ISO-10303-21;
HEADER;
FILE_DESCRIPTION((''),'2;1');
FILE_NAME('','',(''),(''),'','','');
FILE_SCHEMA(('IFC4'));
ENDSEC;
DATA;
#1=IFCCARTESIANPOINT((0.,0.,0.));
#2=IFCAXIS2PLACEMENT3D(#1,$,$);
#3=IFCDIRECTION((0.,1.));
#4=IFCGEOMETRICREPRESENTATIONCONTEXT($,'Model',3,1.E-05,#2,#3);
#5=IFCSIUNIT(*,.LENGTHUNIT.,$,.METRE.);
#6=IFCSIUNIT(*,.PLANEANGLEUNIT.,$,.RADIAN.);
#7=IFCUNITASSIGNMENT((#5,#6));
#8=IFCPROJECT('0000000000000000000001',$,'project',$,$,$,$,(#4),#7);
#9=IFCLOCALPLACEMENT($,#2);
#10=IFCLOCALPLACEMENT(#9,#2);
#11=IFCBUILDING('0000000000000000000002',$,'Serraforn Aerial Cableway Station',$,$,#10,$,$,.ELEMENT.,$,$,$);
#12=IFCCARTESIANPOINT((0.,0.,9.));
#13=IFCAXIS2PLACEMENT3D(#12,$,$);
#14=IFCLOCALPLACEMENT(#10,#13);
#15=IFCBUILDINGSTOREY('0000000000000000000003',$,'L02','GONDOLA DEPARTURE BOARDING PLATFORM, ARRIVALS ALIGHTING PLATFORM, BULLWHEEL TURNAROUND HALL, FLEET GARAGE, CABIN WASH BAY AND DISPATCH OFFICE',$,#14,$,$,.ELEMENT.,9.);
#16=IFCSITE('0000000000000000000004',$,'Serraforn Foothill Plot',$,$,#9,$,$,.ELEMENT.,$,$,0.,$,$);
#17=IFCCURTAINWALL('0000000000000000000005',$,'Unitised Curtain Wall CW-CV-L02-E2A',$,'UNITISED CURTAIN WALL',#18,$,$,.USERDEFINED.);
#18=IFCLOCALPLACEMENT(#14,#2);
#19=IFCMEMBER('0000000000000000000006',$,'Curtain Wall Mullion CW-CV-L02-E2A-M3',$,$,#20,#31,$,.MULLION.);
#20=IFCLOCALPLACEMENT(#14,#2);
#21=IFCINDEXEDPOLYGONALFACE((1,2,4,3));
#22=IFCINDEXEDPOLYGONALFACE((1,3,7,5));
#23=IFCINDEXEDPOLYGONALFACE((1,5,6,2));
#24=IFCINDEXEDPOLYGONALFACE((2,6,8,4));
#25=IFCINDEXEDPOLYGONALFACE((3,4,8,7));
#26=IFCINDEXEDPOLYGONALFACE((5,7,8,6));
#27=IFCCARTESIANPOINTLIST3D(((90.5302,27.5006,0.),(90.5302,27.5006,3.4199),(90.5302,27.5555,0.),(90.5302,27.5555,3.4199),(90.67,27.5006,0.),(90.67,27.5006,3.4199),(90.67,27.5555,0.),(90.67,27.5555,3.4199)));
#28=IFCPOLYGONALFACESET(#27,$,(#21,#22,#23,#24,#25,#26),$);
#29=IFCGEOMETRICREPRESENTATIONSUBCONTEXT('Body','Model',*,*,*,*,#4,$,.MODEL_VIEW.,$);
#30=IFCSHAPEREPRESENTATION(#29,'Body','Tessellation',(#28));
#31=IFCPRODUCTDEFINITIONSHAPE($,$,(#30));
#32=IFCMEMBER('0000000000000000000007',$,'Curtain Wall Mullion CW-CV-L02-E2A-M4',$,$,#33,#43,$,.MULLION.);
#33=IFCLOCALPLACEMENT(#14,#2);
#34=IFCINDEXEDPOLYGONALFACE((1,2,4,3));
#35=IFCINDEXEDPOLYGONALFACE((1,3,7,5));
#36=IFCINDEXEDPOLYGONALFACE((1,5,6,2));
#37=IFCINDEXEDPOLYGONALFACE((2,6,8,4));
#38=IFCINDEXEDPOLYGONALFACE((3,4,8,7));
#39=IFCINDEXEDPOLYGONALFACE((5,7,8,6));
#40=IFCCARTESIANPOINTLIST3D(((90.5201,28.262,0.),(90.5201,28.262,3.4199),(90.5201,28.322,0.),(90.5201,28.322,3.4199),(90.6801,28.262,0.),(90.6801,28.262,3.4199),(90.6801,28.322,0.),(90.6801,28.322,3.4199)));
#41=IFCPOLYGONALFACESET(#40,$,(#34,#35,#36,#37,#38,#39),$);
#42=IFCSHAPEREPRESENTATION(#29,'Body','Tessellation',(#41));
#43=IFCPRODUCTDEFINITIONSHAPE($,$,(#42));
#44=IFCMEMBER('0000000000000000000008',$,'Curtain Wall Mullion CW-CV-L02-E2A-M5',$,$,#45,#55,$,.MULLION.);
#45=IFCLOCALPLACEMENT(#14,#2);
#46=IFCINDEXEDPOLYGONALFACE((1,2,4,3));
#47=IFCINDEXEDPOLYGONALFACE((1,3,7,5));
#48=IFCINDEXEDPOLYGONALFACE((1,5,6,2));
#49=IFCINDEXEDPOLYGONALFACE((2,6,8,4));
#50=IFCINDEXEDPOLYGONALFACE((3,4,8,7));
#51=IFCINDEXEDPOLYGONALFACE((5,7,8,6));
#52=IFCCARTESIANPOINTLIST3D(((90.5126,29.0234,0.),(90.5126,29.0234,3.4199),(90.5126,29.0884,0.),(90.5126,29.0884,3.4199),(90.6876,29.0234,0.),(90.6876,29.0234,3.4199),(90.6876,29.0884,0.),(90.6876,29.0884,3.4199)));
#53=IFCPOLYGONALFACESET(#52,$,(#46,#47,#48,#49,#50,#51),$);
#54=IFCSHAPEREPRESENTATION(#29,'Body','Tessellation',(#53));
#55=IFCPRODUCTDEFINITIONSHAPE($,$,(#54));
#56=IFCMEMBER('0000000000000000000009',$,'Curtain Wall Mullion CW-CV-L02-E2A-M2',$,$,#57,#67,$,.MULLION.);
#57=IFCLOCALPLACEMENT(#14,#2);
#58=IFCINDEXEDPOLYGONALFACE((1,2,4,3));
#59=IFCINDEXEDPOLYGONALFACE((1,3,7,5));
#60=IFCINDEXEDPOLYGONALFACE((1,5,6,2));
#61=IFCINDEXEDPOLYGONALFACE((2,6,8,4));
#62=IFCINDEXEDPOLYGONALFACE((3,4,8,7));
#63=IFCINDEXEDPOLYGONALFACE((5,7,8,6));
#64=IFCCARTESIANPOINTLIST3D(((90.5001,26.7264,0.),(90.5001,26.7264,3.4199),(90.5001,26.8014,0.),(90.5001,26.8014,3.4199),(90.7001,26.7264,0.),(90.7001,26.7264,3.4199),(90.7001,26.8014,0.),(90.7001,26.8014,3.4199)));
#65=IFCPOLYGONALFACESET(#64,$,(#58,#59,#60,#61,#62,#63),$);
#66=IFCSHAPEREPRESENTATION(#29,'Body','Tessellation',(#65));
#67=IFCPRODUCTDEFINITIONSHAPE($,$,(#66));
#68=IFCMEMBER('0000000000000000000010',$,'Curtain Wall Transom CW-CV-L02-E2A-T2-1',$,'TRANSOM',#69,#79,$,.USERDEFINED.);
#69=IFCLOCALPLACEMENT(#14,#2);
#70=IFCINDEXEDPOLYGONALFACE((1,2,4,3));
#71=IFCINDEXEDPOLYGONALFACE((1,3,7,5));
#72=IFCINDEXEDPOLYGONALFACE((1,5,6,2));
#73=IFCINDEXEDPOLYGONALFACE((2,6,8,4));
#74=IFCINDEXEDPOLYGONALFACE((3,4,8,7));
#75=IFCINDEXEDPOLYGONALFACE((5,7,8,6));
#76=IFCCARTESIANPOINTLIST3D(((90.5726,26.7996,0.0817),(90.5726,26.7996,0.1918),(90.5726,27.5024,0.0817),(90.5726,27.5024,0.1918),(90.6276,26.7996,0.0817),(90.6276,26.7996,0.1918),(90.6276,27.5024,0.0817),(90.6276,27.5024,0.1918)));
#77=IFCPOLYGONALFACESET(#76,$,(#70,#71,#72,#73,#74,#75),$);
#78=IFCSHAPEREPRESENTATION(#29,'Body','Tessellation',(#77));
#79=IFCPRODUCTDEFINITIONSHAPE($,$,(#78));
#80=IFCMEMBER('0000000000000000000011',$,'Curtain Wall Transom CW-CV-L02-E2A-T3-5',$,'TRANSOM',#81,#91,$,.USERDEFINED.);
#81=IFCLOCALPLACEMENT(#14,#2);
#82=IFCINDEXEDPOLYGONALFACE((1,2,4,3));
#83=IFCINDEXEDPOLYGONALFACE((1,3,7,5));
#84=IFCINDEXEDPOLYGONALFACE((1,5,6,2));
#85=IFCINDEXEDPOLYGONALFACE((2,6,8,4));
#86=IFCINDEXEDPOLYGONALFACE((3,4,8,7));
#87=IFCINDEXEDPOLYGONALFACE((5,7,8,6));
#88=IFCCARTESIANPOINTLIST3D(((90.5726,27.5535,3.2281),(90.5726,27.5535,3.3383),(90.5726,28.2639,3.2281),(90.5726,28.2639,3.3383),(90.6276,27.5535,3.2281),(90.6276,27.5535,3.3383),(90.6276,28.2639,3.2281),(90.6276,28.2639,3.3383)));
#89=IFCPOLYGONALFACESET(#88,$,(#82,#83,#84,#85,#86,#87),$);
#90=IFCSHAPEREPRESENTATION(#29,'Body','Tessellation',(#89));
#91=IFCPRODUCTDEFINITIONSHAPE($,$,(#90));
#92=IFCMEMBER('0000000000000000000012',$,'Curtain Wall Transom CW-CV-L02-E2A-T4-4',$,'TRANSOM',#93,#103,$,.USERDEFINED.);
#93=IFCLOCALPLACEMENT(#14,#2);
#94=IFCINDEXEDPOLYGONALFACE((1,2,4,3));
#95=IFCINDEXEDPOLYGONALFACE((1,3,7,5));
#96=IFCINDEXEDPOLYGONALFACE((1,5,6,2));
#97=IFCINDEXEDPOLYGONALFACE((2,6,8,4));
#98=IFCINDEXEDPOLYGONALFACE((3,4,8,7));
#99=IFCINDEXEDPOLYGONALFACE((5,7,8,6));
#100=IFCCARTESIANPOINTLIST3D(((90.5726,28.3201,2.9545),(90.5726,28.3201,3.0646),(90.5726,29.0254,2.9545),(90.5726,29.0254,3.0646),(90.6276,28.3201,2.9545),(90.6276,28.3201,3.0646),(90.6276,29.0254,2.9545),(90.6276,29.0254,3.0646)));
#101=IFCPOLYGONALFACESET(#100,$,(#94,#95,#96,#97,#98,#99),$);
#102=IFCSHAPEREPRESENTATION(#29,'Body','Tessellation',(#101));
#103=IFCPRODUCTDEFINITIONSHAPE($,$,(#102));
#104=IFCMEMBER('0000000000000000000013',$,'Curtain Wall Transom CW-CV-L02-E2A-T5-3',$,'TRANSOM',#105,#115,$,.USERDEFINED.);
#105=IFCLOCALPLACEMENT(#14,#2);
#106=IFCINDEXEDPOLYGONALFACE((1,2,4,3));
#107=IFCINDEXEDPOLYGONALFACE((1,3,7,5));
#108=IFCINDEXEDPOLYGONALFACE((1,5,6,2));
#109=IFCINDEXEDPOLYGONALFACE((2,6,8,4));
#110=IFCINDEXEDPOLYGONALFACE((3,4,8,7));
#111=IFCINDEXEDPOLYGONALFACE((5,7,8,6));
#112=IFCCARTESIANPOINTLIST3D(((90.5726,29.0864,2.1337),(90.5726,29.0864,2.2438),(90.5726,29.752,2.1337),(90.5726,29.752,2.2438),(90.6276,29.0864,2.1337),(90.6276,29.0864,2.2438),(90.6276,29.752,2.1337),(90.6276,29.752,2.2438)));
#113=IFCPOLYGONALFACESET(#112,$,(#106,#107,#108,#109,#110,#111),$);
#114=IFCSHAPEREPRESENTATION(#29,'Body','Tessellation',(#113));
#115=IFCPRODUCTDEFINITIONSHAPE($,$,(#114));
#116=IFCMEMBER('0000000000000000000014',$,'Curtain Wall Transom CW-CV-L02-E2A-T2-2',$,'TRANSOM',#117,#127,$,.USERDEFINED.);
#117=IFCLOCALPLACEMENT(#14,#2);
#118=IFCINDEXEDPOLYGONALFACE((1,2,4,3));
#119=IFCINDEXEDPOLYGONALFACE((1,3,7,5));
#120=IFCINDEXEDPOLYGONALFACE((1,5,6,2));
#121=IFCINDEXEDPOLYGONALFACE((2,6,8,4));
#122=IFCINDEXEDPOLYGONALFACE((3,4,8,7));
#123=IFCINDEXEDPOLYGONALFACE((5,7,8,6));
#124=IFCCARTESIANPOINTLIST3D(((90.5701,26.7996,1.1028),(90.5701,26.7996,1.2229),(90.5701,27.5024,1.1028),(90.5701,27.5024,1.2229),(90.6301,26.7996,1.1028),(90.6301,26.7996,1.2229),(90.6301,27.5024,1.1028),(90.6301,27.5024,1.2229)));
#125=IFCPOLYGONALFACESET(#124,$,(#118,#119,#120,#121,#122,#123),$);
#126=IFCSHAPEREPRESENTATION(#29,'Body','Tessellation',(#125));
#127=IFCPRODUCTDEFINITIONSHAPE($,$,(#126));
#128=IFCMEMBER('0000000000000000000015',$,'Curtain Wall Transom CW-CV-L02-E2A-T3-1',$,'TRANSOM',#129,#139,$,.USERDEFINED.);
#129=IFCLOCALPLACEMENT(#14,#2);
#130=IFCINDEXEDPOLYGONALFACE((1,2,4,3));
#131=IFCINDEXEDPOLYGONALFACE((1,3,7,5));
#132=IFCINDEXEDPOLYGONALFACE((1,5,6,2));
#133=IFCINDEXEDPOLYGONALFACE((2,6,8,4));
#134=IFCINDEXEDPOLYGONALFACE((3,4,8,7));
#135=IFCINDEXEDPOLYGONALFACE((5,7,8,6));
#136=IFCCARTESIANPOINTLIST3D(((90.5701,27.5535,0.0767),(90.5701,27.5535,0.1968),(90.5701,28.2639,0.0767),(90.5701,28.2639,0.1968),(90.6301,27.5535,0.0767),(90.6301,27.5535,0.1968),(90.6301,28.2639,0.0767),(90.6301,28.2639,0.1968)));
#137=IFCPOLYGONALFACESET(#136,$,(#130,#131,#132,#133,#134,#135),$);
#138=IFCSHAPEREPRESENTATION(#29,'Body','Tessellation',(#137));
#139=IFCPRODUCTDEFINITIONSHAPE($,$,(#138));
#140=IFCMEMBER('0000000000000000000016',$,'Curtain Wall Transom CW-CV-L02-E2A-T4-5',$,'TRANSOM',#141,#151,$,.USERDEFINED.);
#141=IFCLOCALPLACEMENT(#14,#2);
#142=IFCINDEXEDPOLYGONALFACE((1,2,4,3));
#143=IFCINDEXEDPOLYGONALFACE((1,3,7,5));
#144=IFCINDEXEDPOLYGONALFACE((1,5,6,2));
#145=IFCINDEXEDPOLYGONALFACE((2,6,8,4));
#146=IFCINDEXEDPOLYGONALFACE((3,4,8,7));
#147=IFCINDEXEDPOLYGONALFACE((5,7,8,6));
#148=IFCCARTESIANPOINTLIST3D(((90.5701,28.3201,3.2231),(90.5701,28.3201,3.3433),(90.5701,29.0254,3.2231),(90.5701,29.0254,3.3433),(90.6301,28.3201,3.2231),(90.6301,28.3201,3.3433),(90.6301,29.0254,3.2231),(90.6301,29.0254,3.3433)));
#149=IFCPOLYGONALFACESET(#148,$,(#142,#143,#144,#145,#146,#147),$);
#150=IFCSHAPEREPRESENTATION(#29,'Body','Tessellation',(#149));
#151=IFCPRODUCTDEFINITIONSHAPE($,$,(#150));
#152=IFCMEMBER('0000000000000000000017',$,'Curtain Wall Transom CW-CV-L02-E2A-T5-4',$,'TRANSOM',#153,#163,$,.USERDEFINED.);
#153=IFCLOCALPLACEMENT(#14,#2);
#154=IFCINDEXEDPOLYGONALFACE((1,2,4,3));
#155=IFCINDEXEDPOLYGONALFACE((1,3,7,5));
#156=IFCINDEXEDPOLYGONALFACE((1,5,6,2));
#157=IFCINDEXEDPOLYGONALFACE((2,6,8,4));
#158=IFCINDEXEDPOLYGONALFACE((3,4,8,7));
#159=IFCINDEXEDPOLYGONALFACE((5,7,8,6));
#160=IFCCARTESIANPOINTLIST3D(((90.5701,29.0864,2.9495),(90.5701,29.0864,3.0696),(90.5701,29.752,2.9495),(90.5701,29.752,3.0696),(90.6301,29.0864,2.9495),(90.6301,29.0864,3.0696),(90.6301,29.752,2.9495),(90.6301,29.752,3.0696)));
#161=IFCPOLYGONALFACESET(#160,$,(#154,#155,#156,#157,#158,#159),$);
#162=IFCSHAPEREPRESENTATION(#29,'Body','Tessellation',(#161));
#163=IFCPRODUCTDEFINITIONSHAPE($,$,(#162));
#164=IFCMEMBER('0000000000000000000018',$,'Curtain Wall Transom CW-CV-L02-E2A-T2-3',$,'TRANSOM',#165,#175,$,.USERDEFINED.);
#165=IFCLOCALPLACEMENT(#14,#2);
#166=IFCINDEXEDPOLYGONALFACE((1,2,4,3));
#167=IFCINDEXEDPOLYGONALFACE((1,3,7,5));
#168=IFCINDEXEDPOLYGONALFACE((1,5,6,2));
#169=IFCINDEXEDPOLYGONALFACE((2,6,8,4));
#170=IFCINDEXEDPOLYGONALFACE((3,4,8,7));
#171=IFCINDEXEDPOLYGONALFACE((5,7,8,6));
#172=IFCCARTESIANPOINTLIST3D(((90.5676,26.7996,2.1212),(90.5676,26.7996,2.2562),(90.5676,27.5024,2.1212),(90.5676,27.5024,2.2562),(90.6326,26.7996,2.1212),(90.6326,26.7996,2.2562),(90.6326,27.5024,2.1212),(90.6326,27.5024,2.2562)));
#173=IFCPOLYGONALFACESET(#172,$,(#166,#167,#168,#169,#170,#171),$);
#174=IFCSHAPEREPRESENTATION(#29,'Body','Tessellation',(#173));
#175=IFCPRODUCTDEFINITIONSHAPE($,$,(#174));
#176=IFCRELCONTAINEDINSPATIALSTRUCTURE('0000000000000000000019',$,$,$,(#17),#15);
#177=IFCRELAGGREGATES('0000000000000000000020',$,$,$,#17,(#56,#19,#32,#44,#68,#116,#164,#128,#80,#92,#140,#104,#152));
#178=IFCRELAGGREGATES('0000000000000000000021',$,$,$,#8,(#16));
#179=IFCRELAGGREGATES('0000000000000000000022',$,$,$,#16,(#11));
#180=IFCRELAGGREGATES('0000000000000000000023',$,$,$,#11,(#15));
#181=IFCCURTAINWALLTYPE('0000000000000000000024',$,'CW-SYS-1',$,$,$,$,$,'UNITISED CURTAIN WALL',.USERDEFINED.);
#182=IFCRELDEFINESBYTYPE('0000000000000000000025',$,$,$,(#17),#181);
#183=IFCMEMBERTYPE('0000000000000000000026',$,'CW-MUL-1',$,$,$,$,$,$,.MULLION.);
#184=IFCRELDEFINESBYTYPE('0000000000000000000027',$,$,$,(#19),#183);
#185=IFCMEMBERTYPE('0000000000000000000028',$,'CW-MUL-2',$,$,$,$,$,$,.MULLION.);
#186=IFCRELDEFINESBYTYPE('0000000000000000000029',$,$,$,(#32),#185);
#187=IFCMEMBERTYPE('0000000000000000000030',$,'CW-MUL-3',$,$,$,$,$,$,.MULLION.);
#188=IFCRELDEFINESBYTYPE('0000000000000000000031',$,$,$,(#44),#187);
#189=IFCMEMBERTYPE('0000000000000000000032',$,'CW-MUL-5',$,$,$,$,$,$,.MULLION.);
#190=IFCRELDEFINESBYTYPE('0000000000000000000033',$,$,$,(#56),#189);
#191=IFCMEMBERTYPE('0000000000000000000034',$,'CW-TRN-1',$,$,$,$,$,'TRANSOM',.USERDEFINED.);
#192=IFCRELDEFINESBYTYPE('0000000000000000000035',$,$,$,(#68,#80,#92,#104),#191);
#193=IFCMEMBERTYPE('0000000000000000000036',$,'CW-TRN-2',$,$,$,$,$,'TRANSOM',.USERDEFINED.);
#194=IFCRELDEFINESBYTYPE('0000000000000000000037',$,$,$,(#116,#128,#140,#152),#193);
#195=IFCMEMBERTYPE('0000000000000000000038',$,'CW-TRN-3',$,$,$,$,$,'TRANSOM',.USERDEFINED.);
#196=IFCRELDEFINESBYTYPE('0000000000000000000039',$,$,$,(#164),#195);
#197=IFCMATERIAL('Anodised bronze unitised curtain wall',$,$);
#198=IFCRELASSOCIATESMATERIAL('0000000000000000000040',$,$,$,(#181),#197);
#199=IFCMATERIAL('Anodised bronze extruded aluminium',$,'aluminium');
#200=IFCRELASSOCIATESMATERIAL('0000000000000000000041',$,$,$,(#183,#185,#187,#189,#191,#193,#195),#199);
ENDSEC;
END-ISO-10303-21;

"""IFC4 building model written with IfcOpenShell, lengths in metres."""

from ifc_helpers import new_model, si_unit, direction, frame, origin, origin_2d, place, context, subcontext, project, spatial, rectangle, extrude, material, material_profile, profile_set, type_object, element, aggregate, save


model = new_model("IFC4")

# Units and contexts
model_context = context("Model", 3, precision=1e-05, world=origin(), true_north=direction((0.0, 1.0)))
body_context = subcontext(model_context, "Body", "Model", "MODEL_VIEW")
ifc_project = project(units=[si_unit("LENGTHUNIT", "METRE"), si_unit("PLANEANGLEUNIT", "RADIAN")], contexts=[model_context])

# Site, building, storey
site_placement = place(None, origin())
site = spatial("IfcSite", under=ifc_project, at=site_placement, Name="Serraforn Foothill Plot", CompositionType="ELEMENT", RefElevation=0.0)
building_placement = place(site_placement, origin())
building = spatial("IfcBuilding", under=site, at=building_placement, Name="Serraforn Aerial Cableway Station", CompositionType="ELEMENT")
storey_placement = place(building_placement, frame((0.0, 0.0, 9.0)))
storey = spatial("IfcBuildingStorey", under=building, at=storey_placement, Name="L02", Description="GONDOLA DEPARTURE BOARDING PLATFORM, ARRIVALS ALIGHTING PLATFORM, BULLWHEEL TURNAROUND HALL, FLEET GARAGE, CABIN WASH BAY AND DISPATCH OFFICE", CompositionType="ELEMENT", Elevation=9.0)

# Curtain wall, members
ifc_material_1 = material(Name="Anodised bronze unitised curtain wall")
curtain_wall_type = type_object("IfcCurtainWallType", Name="CW-SYS-1", ElementType="UNITISED CURTAIN WALL", PredefinedType="USERDEFINED", material=ifc_material_1)
curtain_wall_placement = place(storey_placement, origin())
curtain_wall = element("IfcCurtainWall", 1, at=curtain_wall_placement, inside=storey, type_object=curtain_wall_type, Name="Unitised Curtain Wall CW-CV-L02-E2A", ObjectType="UNITISED CURTAIN WALL", PredefinedType="USERDEFINED")
ifc_material_2 = material(Name="Anodised bronze extruded aluminium", Category="aluminium")
ifc_material_profile_1 = material_profile(ifc_material_2, rectangle(XDim=0.0549, YDim=0.1399, at=origin_2d()), Name="CW MULLION 55x140")
ifc_profile_set_1 = profile_set([ifc_material_profile_1], Name="Anodised bronze extruded aluminium")
member_type_1 = type_object("IfcMemberType", Name="CW-MUL-1", PredefinedType="MULLION", material=ifc_profile_set_1)
member_1_placement = place(storey_placement, frame((90.6001, 27.5281, 0.0), z_axis=(0.0, 0.0, 1.0), x_axis=(0.0, 1.0, 0.0)))
member_1 = element("IfcMember", 2, at=member_1_placement, type_object=member_type_1, Name="Curtain Wall Mullion CW-CV-L02-E2A-M3", PredefinedType="MULLION", context=body_context, shape_type="SweptSolid", body=[
    extrude(rectangle(XDim=0.0549, YDim=0.1399, at=origin_2d()), origin(), (0.0, 0.0, 1.0), 3.4199),
])
ifc_material_profile_2 = material_profile(ifc_material_2, rectangle(XDim=0.0601, YDim=0.1599, at=origin_2d()), Name="CW MULLION 60x160")
ifc_profile_set_2 = profile_set([ifc_material_profile_2], Name="Anodised bronze extruded aluminium")
member_type_2 = type_object("IfcMemberType", Name="CW-MUL-2", PredefinedType="MULLION", material=ifc_profile_set_2)
member_2_placement = place(storey_placement, frame((90.6001, 28.292, 0.0), z_axis=(0.0, 0.0, 1.0), x_axis=(0.0, 1.0, 0.0)))
member_2 = element("IfcMember", 3, at=member_2_placement, type_object=member_type_2, Name="Curtain Wall Mullion CW-CV-L02-E2A-M4", PredefinedType="MULLION", context=body_context, shape_type="SweptSolid", body=[
    extrude(rectangle(XDim=0.0601, YDim=0.1599, at=origin_2d()), origin(), (0.0, 0.0, 1.0), 3.4199),
])
ifc_material_profile_3 = material_profile(ifc_material_2, rectangle(XDim=0.0649, YDim=0.175, at=origin_2d()), Name="CW MULLION 65x175")
ifc_profile_set_3 = profile_set([ifc_material_profile_3], Name="Anodised bronze extruded aluminium")
member_type_3 = type_object("IfcMemberType", Name="CW-MUL-3", PredefinedType="MULLION", material=ifc_profile_set_3)
member_3_placement = place(storey_placement, frame((90.6001, 29.0559, 0.0), z_axis=(0.0, 0.0, 1.0), x_axis=(0.0, 1.0, 0.0)))
member_3 = element("IfcMember", 4, at=member_3_placement, type_object=member_type_3, Name="Curtain Wall Mullion CW-CV-L02-E2A-M5", PredefinedType="MULLION", context=body_context, shape_type="SweptSolid", body=[
    extrude(rectangle(XDim=0.0649, YDim=0.175, at=origin_2d()), origin(), (0.0, 0.0, 1.0), 3.4199),
])
ifc_material_profile_4 = material_profile(ifc_material_2, rectangle(XDim=0.075, YDim=0.2, at=origin_2d()), Name="CW MULLION 75x200")
ifc_profile_set_4 = profile_set([ifc_material_profile_4], Name="Anodised bronze extruded aluminium")
member_type_4 = type_object("IfcMemberType", Name="CW-MUL-5", PredefinedType="MULLION", material=ifc_profile_set_4)
member_4_placement = place(storey_placement, frame((90.6001, 26.7639, 0.0), z_axis=(0.0, 0.0, 1.0), x_axis=(0.0, 1.0, 0.0)))
member_4 = element("IfcMember", 5, at=member_4_placement, type_object=member_type_4, Name="Curtain Wall Mullion CW-CV-L02-E2A-M2", PredefinedType="MULLION", context=body_context, shape_type="SweptSolid", body=[
    extrude(rectangle(XDim=0.075, YDim=0.2, at=origin_2d()), origin(), (0.0, 0.0, 1.0), 3.4199),
])
ifc_material_profile_5 = material_profile(ifc_material_2, rectangle(XDim=0.0549, YDim=0.1101, at=origin_2d()), Name="CW TRANSOM 55x110")
ifc_profile_set_5 = profile_set([ifc_material_profile_5], Name="Anodised bronze extruded aluminium")
member_type_5 = type_object("IfcMemberType", Name="CW-TRN-1", ElementType="TRANSOM", PredefinedType="USERDEFINED", material=ifc_profile_set_5)
member_5_placement = place(storey_placement, frame((90.6001, 26.7996, 0.1367), z_axis=(0.0, 1.0, 0.0), x_axis=(-1.0, 0.0, 0.0)))
member_5 = element("IfcMember", 6, at=member_5_placement, type_object=member_type_5, Name="Curtain Wall Transom CW-CV-L02-E2A-T2-1", ObjectType="TRANSOM", PredefinedType="USERDEFINED", context=body_context, shape_type="SweptSolid", body=[
    extrude(rectangle(XDim=0.0549, YDim=0.1101, at=origin_2d()), origin(), (0.0, 0.0, 1.0), 0.7029),
])
member_6_placement = place(storey_placement, frame((90.6001, 27.5535, 3.2832), z_axis=(0.0, 1.0, 0.0), x_axis=(-1.0, 0.0, 0.0)))
member_6 = element("IfcMember", 7, at=member_6_placement, type_object=member_type_5, Name="Curtain Wall Transom CW-CV-L02-E2A-T3-5", ObjectType="TRANSOM", PredefinedType="USERDEFINED", context=body_context, shape_type="SweptSolid", body=[
    extrude(rectangle(XDim=0.0549, YDim=0.1101, at=origin_2d()), origin(), (0.0, 0.0, 1.0), 0.7104),
])
member_7_placement = place(storey_placement, frame((90.6001, 28.3201, 3.0095), z_axis=(0.0, 1.0, 0.0), x_axis=(-1.0, 0.0, 0.0)))
member_7 = element("IfcMember", 8, at=member_7_placement, type_object=member_type_5, Name="Curtain Wall Transom CW-CV-L02-E2A-T4-4", ObjectType="TRANSOM", PredefinedType="USERDEFINED", context=body_context, shape_type="SweptSolid", body=[
    extrude(rectangle(XDim=0.0549, YDim=0.1101, at=origin_2d()), origin(), (0.0, 0.0, 1.0), 0.7053),
])
member_8_placement = place(storey_placement, frame((90.6001, 29.0864, 2.1887), z_axis=(0.0, 1.0, 0.0), x_axis=(-1.0, 0.0, 0.0)))
member_8 = element("IfcMember", 9, at=member_8_placement, type_object=member_type_5, Name="Curtain Wall Transom CW-CV-L02-E2A-T5-3", ObjectType="TRANSOM", PredefinedType="USERDEFINED", context=body_context, shape_type="SweptSolid", body=[
    extrude(rectangle(XDim=0.0549, YDim=0.1101, at=origin_2d()), origin(), (0.0, 0.0, 1.0), 0.6655),
])
ifc_material_profile_6 = material_profile(ifc_material_2, rectangle(XDim=0.0601, YDim=0.1201, at=origin_2d()), Name="CW TRANSOM 60x120")
ifc_profile_set_6 = profile_set([ifc_material_profile_6], Name="Anodised bronze extruded aluminium")
member_type_6 = type_object("IfcMemberType", Name="CW-TRN-2", ElementType="TRANSOM", PredefinedType="USERDEFINED", material=ifc_profile_set_6)
member_9_placement = place(storey_placement, frame((90.6001, 26.7996, 1.1628), z_axis=(0.0, 1.0, 0.0), x_axis=(-1.0, 0.0, 0.0)))
member_9 = element("IfcMember", 10, at=member_9_placement, type_object=member_type_6, Name="Curtain Wall Transom CW-CV-L02-E2A-T2-2", ObjectType="TRANSOM", PredefinedType="USERDEFINED", context=body_context, shape_type="SweptSolid", body=[
    extrude(rectangle(XDim=0.0601, YDim=0.1201, at=origin_2d()), origin(), (0.0, 0.0, 1.0), 0.7029),
])
member_10_placement = place(storey_placement, frame((90.6001, 27.5535, 0.1367), z_axis=(0.0, 1.0, 0.0), x_axis=(-1.0, 0.0, 0.0)))
member_10 = element("IfcMember", 11, at=member_10_placement, type_object=member_type_6, Name="Curtain Wall Transom CW-CV-L02-E2A-T3-1", ObjectType="TRANSOM", PredefinedType="USERDEFINED", context=body_context, shape_type="SweptSolid", body=[
    extrude(rectangle(XDim=0.0601, YDim=0.1201, at=origin_2d()), origin(), (0.0, 0.0, 1.0), 0.7104),
])
member_11_placement = place(storey_placement, frame((90.6001, 28.3201, 3.2832), z_axis=(0.0, 1.0, 0.0), x_axis=(-1.0, 0.0, 0.0)))
member_11 = element("IfcMember", 12, at=member_11_placement, type_object=member_type_6, Name="Curtain Wall Transom CW-CV-L02-E2A-T4-5", ObjectType="TRANSOM", PredefinedType="USERDEFINED", context=body_context, shape_type="SweptSolid", body=[
    extrude(rectangle(XDim=0.0601, YDim=0.1201, at=origin_2d()), origin(), (0.0, 0.0, 1.0), 0.7053),
])
member_12_placement = place(storey_placement, frame((90.6001, 29.0864, 3.0095), z_axis=(0.0, 1.0, 0.0), x_axis=(-1.0, 0.0, 0.0)))
member_12 = element("IfcMember", 13, at=member_12_placement, type_object=member_type_6, Name="Curtain Wall Transom CW-CV-L02-E2A-T5-4", ObjectType="TRANSOM", PredefinedType="USERDEFINED", context=body_context, shape_type="SweptSolid", body=[
    extrude(rectangle(XDim=0.0601, YDim=0.1201, at=origin_2d()), origin(), (0.0, 0.0, 1.0), 0.6655),
])
ifc_material_profile_7 = material_profile(ifc_material_2, rectangle(XDim=0.0649, YDim=0.135, at=origin_2d()), Name="CW TRANSOM 65x135")
ifc_profile_set_7 = profile_set([ifc_material_profile_7], Name="Anodised bronze extruded aluminium")
member_type_7 = type_object("IfcMemberType", Name="CW-TRN-3", ElementType="TRANSOM", PredefinedType="USERDEFINED", material=ifc_profile_set_7)
member_13_placement = place(storey_placement, frame((90.6001, 26.7996, 2.1887), z_axis=(0.0, 1.0, 0.0), x_axis=(-1.0, 0.0, 0.0)))
member_13 = element("IfcMember", 14, at=member_13_placement, type_object=member_type_7, Name="Curtain Wall Transom CW-CV-L02-E2A-T2-3", ObjectType="TRANSOM", PredefinedType="USERDEFINED", context=body_context, shape_type="SweptSolid", body=[
    extrude(rectangle(XDim=0.0649, YDim=0.135, at=origin_2d()), origin(), (0.0, 0.0, 1.0), 0.7029),
])
aggregate(curtain_wall, [member_4, member_1, member_2, member_3, member_5, member_9, member_13, member_10, member_6, member_7, member_11, member_8, member_12])

save(model, "model.ifc")
